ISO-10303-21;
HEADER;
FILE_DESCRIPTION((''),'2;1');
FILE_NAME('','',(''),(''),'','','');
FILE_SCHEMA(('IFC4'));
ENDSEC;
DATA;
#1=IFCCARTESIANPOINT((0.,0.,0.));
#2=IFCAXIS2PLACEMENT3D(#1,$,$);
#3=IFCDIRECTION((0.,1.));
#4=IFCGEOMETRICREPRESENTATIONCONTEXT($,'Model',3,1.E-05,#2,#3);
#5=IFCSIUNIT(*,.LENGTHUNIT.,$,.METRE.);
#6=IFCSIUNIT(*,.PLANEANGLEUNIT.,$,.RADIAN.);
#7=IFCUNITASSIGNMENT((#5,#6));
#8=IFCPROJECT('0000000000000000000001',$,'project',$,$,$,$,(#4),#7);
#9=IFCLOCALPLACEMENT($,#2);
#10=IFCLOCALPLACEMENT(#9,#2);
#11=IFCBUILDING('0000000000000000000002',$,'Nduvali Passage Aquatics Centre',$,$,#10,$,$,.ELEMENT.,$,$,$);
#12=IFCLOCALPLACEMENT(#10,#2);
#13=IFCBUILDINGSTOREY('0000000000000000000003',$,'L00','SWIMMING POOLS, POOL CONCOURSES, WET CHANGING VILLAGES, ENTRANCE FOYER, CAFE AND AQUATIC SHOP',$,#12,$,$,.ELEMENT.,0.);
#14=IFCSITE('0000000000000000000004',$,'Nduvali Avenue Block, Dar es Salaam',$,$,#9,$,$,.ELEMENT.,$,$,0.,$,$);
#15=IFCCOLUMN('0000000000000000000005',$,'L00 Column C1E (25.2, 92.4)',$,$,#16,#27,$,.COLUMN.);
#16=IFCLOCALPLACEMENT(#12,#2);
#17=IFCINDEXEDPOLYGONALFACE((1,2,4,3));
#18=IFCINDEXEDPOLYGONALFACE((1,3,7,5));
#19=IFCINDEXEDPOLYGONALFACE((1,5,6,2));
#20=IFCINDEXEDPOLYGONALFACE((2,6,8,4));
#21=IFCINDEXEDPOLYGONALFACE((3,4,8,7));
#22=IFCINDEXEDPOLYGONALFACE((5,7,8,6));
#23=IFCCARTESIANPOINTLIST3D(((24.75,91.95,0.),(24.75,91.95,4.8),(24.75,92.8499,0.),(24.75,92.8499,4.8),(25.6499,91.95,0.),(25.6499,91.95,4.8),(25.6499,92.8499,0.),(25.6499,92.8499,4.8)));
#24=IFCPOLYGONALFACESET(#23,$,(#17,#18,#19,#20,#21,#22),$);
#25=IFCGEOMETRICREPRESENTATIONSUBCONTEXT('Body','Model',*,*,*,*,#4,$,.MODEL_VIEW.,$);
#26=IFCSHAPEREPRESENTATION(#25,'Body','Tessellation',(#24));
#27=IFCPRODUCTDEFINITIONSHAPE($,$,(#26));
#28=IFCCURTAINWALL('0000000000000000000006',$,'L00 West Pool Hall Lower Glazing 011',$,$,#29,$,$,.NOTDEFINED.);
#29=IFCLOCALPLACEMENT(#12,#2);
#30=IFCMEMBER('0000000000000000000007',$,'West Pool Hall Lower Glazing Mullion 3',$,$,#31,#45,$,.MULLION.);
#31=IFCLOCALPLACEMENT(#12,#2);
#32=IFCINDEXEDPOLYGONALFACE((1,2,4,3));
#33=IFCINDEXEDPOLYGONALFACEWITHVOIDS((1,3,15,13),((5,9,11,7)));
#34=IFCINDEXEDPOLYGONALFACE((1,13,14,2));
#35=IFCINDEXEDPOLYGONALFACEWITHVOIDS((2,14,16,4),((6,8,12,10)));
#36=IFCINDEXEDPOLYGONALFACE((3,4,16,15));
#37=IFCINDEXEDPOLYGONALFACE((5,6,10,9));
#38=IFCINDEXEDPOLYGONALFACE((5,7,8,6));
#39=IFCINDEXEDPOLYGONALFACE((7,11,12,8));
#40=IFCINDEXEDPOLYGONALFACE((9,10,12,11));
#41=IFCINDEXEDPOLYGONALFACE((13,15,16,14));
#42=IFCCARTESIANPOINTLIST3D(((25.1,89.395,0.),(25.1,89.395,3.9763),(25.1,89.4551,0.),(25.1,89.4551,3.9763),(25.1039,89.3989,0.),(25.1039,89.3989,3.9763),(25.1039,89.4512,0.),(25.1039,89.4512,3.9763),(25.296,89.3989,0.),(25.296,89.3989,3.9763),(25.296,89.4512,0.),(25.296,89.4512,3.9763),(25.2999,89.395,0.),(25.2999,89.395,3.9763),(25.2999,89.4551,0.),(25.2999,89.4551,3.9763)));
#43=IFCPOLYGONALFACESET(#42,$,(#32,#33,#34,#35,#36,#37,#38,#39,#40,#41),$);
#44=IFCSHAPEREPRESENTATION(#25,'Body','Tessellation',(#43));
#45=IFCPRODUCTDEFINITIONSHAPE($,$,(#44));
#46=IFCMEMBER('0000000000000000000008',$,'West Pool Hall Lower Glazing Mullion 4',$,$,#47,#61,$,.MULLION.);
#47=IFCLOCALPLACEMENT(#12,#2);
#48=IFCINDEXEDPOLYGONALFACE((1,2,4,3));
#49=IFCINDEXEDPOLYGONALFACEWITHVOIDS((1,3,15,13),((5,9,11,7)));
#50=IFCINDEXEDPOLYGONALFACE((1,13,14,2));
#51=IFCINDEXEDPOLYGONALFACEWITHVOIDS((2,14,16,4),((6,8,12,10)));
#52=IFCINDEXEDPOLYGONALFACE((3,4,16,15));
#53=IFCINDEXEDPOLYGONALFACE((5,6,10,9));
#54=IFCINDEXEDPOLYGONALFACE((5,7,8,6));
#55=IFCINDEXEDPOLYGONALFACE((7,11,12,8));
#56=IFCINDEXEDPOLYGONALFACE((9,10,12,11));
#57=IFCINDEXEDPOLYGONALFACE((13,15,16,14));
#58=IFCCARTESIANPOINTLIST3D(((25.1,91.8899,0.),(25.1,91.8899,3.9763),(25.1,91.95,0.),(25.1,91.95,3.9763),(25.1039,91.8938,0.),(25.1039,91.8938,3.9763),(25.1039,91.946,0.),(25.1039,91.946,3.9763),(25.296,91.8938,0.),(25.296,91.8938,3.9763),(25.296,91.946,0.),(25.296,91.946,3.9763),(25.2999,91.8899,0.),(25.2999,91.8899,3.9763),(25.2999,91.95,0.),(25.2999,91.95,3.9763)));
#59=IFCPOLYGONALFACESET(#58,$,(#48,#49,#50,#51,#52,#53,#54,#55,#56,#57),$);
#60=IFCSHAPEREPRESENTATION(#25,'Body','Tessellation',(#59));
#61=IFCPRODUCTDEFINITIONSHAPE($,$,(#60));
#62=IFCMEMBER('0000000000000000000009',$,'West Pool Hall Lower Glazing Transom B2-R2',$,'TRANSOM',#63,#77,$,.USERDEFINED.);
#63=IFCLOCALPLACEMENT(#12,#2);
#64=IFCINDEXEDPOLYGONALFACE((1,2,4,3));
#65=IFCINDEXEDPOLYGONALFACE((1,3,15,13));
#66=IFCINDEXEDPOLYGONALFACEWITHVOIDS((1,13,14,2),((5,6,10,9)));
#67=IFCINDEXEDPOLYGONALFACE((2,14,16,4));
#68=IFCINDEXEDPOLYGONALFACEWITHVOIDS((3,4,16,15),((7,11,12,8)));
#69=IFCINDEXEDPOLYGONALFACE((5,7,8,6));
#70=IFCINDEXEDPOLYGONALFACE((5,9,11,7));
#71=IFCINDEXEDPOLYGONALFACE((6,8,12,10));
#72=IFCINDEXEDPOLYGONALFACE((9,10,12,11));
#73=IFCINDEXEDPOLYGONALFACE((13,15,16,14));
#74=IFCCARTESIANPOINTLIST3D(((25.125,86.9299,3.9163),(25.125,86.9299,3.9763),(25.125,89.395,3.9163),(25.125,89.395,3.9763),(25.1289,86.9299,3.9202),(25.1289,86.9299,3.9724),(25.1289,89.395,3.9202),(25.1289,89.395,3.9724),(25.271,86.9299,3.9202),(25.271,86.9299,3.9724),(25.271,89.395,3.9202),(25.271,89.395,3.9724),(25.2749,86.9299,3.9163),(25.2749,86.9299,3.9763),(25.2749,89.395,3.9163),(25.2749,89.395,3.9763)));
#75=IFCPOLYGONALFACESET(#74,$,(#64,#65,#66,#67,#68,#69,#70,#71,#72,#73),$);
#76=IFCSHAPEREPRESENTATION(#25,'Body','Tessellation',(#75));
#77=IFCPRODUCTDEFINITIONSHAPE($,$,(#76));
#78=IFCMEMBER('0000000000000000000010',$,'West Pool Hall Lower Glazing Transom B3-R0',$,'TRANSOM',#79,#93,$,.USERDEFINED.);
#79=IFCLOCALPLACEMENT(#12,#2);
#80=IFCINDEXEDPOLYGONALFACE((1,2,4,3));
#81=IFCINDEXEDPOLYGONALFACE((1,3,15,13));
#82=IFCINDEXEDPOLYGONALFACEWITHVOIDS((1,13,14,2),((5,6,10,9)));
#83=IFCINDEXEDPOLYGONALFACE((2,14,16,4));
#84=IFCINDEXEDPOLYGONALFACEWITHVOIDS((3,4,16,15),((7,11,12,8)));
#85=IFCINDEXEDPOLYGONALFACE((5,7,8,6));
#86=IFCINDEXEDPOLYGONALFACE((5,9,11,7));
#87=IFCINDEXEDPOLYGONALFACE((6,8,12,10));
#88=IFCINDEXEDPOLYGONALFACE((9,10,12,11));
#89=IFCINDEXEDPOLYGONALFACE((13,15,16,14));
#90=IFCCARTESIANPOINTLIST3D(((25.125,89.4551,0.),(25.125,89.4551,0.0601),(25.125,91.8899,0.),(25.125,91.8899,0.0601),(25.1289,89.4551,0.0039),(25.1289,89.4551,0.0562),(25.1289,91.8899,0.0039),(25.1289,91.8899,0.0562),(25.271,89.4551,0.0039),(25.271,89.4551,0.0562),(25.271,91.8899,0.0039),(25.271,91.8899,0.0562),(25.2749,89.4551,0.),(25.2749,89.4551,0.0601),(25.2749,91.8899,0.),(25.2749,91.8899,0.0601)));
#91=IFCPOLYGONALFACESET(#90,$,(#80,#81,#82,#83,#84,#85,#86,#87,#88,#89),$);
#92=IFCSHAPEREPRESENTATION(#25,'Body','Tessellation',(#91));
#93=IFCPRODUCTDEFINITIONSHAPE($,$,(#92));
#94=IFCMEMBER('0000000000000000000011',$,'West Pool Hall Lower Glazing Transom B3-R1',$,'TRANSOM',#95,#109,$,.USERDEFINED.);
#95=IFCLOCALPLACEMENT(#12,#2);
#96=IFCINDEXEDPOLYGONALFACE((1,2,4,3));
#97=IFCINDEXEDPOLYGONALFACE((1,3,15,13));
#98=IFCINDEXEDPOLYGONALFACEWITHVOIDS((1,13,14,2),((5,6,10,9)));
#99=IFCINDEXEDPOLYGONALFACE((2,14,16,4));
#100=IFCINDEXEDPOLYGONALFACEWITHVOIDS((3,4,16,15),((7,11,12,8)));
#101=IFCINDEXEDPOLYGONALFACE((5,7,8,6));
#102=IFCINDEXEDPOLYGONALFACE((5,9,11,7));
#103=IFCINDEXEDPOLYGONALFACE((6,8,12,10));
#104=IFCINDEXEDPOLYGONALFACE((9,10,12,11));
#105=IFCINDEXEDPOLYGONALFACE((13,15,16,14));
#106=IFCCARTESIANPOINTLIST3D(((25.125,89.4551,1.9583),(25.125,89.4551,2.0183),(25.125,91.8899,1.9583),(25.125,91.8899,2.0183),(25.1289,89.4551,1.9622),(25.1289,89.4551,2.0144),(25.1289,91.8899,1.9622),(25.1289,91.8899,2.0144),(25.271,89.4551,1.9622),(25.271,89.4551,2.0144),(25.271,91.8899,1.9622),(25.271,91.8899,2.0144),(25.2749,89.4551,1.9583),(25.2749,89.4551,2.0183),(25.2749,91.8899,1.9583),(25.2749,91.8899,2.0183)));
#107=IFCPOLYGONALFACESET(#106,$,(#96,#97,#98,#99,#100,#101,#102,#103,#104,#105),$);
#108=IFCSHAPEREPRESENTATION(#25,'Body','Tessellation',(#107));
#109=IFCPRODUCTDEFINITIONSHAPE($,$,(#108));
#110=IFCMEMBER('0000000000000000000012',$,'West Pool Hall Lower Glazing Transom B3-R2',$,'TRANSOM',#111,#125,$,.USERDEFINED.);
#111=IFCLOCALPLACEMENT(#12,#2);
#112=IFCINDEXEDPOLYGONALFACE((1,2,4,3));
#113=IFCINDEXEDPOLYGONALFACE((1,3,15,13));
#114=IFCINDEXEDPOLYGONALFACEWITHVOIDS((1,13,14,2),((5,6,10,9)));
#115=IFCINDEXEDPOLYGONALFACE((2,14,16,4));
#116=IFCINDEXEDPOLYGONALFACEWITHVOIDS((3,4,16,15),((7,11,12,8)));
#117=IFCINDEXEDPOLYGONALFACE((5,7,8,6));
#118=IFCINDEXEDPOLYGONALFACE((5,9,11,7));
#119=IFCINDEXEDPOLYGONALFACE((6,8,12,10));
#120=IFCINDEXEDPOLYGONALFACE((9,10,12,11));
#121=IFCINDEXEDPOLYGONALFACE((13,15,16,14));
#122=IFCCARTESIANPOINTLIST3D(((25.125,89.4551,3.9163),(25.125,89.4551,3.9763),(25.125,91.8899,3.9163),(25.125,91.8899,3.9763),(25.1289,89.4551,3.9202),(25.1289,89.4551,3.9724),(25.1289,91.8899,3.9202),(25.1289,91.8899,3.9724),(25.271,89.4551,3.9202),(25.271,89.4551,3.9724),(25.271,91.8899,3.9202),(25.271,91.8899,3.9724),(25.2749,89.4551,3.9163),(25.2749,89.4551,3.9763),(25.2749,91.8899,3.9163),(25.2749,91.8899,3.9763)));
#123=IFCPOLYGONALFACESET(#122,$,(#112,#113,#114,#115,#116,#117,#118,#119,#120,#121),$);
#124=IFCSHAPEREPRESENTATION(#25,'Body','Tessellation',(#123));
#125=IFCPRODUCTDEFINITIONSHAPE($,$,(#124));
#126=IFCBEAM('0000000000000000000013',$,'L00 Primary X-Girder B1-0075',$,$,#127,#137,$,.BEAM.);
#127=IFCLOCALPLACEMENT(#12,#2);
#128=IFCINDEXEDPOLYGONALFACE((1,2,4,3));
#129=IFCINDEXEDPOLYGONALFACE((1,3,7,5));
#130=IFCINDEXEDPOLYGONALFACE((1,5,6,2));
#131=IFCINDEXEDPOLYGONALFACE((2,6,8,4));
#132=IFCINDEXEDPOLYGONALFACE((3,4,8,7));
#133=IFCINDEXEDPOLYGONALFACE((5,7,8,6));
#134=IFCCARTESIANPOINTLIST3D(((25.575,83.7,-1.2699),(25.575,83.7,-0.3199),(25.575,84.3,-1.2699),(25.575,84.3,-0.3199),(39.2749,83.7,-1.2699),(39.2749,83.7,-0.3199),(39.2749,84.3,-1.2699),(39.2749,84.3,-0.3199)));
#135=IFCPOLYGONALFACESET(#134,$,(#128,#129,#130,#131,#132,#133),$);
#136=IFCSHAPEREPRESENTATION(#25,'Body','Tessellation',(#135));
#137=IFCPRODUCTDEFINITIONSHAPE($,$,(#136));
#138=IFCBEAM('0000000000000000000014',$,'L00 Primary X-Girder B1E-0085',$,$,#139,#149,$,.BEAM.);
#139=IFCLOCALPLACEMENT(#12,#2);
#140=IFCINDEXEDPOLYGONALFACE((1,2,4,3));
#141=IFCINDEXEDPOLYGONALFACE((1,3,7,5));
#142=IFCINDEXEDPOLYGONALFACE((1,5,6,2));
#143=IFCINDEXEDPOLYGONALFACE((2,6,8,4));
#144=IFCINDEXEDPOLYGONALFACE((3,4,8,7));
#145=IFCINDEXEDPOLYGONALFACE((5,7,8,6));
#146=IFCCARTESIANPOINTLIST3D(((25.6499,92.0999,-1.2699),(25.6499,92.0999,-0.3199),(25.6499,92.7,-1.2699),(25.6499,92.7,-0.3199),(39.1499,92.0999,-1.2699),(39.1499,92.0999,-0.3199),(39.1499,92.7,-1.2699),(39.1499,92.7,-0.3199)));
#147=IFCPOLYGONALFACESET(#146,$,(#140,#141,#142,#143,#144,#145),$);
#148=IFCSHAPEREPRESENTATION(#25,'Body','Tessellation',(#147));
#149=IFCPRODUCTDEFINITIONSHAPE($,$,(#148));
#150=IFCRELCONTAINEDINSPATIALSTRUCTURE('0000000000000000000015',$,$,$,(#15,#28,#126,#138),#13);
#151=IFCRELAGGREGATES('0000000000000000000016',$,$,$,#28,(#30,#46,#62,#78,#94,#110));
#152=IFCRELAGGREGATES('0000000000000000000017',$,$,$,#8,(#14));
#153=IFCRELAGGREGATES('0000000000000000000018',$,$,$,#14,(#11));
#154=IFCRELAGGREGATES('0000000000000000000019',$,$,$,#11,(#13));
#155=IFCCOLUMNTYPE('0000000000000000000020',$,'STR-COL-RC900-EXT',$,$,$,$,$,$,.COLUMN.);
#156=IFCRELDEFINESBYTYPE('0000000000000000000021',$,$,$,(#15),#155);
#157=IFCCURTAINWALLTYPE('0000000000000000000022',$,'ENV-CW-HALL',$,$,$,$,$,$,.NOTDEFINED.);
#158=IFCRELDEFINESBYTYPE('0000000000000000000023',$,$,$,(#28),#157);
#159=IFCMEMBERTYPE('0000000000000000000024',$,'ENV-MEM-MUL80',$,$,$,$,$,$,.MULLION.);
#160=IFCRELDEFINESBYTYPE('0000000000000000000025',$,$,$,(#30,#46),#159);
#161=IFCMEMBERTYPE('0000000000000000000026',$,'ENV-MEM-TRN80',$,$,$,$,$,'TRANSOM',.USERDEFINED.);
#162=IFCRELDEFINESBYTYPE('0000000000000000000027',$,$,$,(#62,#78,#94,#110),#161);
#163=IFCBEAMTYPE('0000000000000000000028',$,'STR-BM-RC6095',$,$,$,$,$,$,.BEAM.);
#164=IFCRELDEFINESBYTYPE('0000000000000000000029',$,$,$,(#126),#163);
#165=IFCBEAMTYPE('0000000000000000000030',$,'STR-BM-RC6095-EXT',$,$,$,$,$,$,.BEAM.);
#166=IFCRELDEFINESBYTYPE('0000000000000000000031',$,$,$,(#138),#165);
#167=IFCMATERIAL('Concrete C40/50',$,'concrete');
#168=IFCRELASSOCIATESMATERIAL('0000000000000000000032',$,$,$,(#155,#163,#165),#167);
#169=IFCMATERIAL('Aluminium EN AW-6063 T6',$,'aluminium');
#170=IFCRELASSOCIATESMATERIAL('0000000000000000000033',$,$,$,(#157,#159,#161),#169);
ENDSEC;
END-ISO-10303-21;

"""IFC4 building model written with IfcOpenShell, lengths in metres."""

from ifc_helpers import new_model, si_unit, direction, frame, origin, origin_2d, place, context, subcontext, project, spatial, rectangle, hollow_rectangle, extrude, material, material_profile, profile_set, type_object, element, aggregate, save


model = new_model("IFC4")

# Units and contexts
model_context = context("Model", 3, precision=1e-05, world=origin(), true_north=direction((0.0, 1.0)))
body_context = subcontext(model_context, "Body", "Model", "MODEL_VIEW")
ifc_project = project(units=[si_unit("LENGTHUNIT", "METRE"), si_unit("PLANEANGLEUNIT", "RADIAN")], contexts=[model_context])

# Site, building, storey
site_placement = place(None, origin())
site = spatial("IfcSite", under=ifc_project, at=site_placement, Name="Nduvali Avenue Block, Dar es Salaam", CompositionType="ELEMENT", RefElevation=0.0)
building_placement = place(site_placement, origin())
building = spatial("IfcBuilding", under=site, at=building_placement, Name="Nduvali Passage Aquatics Centre", CompositionType="ELEMENT")
storey_placement = place(building_placement, origin())
storey = spatial("IfcBuildingStorey", under=building, at=storey_placement, Name="L00", Description="SWIMMING POOLS, POOL CONCOURSES, WET CHANGING VILLAGES, ENTRANCE FOYER, CAFE AND AQUATIC SHOP", CompositionType="ELEMENT", Elevation=0.0)

# Column
ifc_material_1 = material(Name="Concrete C40/50", Category="concrete")
ifc_material_profile_1 = material_profile(ifc_material_1, rectangle(XDim=0.8999, YDim=0.8999, at=origin_2d()), Name="RC 900x900")
ifc_profile_set_1 = profile_set([ifc_material_profile_1], Name="Concrete C40/50")
column_type = type_object("IfcColumnType", Name="STR-COL-RC900-EXT", PredefinedType="COLUMN", material=ifc_profile_set_1)
column_placement = place(storey_placement, frame((25.2, 92.3999, 0.0), z_axis=(0.0, 0.0, 1.0), x_axis=(1.0, 0.0, 0.0)))
element("IfcColumn", 1, at=column_placement, inside=storey, type_object=column_type, Name="L00 Column C1E (25.2, 92.4)", PredefinedType="COLUMN", context=body_context, shape_type="SweptSolid", body=[
    extrude(rectangle(XDim=0.8999, YDim=0.8999, at=origin_2d()), origin(), (0.0, 0.0, 1.0), 4.8),
])

# Curtain wall, members
ifc_material_2 = material(Name="Aluminium EN AW-6063 T6", Category="aluminium")
curtain_wall_type = type_object("IfcCurtainWallType", Name="ENV-CW-HALL", PredefinedType="NOTDEFINED", material=ifc_material_2)
curtain_wall_placement = place(storey_placement, origin())
curtain_wall = element("IfcCurtainWall", 2, at=curtain_wall_placement, inside=storey, type_object=curtain_wall_type, Name="L00 West Pool Hall Lower Glazing 011", PredefinedType="NOTDEFINED")
ifc_material_profile_2 = material_profile(ifc_material_2, hollow_rectangle(XDim=0.0601, YDim=0.2, WallThickness=0.0039, at=origin_2d()), Name="ALU MULLION 60x200x4")
ifc_profile_set_2 = profile_set([ifc_material_profile_2], Name="Aluminium EN AW-6063 T6")
member_type_1 = type_object("IfcMemberType", Name="ENV-MEM-MUL80", PredefinedType="MULLION", material=ifc_profile_set_2)
member_1_placement = place(storey_placement, frame((25.2, 89.425, 0.0), z_axis=(0.0, 0.0, 1.0), x_axis=(0.0, 1.0, 0.0)))
member_1 = element("IfcMember", 3, at=member_1_placement, type_object=member_type_1, Name="West Pool Hall Lower Glazing Mullion 3", PredefinedType="MULLION", context=body_context, shape_type="SweptSolid", body=[
    extrude(hollow_rectangle(XDim=0.0601, YDim=0.2, WallThickness=0.0039, at=origin_2d()), origin(), (0.0, 0.0, 1.0), 3.9763),
])
member_2_placement = place(storey_placement, frame((25.2, 91.9199, 0.0), z_axis=(0.0, 0.0, 1.0), x_axis=(0.0, 1.0, 0.0)))
member_2 = element("IfcMember", 4, at=member_2_placement, type_object=member_type_1, Name="West Pool Hall Lower Glazing Mullion 4", PredefinedType="MULLION", context=body_context, shape_type="SweptSolid", body=[
    extrude(hollow_rectangle(XDim=0.0601, YDim=0.2, WallThickness=0.0039, at=origin_2d()), origin(), (0.0, 0.0, 1.0), 3.9763),
])
ifc_material_profile_3 = material_profile(ifc_material_2, hollow_rectangle(XDim=0.1499, YDim=0.0601, WallThickness=0.0039, at=origin_2d()), Name="ALU TRANSOM 150x60x4")
ifc_profile_set_3 = profile_set([ifc_material_profile_3], Name="Aluminium EN AW-6063 T6")
member_type_2 = type_object("IfcMemberType", Name="ENV-MEM-TRN80", ElementType="TRANSOM", PredefinedType="USERDEFINED", material=ifc_profile_set_3)
member_3_placement = place(storey_placement, frame((25.2, 86.9299, 3.9463), z_axis=(0.0, 1.0, 0.0), x_axis=(-1.0, 0.0, 0.0)))
member_3 = element("IfcMember", 5, at=member_3_placement, type_object=member_type_2, Name="West Pool Hall Lower Glazing Transom B2-R2", ObjectType="TRANSOM", PredefinedType="USERDEFINED", context=body_context, shape_type="SweptSolid", body=[
    extrude(hollow_rectangle(XDim=0.1499, YDim=0.0601, WallThickness=0.0039, at=origin_2d()), origin(), (0.0, 0.0, 1.0), 2.4651),
])
member_4_placement = place(storey_placement, frame((25.2, 89.4551, 0.03), z_axis=(0.0, 1.0, 0.0), x_axis=(-1.0, 0.0, 0.0)))
member_4 = element("IfcMember", 6, at=member_4_placement, type_object=member_type_2, Name="West Pool Hall Lower Glazing Transom B3-R0", ObjectType="TRANSOM", PredefinedType="USERDEFINED", context=body_context, shape_type="SweptSolid", body=[
    extrude(hollow_rectangle(XDim=0.1499, YDim=0.0601, WallThickness=0.0039, at=origin_2d()), origin(), (0.0, 0.0, 1.0), 2.4348),
])
member_5_placement = place(storey_placement, frame((25.2, 89.4551, 1.9883), z_axis=(0.0, 1.0, 0.0), x_axis=(-1.0, 0.0, 0.0)))
member_5 = element("IfcMember", 7, at=member_5_placement, type_object=member_type_2, Name="West Pool Hall Lower Glazing Transom B3-R1", ObjectType="TRANSOM", PredefinedType="USERDEFINED", context=body_context, shape_type="SweptSolid", body=[
    extrude(hollow_rectangle(XDim=0.1499, YDim=0.0601, WallThickness=0.0039, at=origin_2d()), origin(), (0.0, 0.0, 1.0), 2.4348),
])
member_6_placement = place(storey_placement, frame((25.2, 89.4551, 3.9463), z_axis=(0.0, 1.0, 0.0), x_axis=(-1.0, 0.0, 0.0)))
member_6 = element("IfcMember", 8, at=member_6_placement, type_object=member_type_2, Name="West Pool Hall Lower Glazing Transom B3-R2", ObjectType="TRANSOM", PredefinedType="USERDEFINED", context=body_context, shape_type="SweptSolid", body=[
    extrude(hollow_rectangle(XDim=0.1499, YDim=0.0601, WallThickness=0.0039, at=origin_2d()), origin(), (0.0, 0.0, 1.0), 2.4348),
])

# Beams
ifc_material_profile_4 = material_profile(ifc_material_1, rectangle(XDim=0.6001, YDim=0.95, at=origin_2d()), Name="RC 600x950")
ifc_profile_set_4 = profile_set([ifc_material_profile_4], Name="Concrete C40/50")
beam_type_1 = type_object("IfcBeamType", Name="STR-BM-RC6095", PredefinedType="BEAM", material=ifc_profile_set_4)
beam_1_placement = place(storey_placement, frame((25.575, 84.0, -0.7949), z_axis=(1.0, 0.0, 0.0), x_axis=(0.0, 1.0, 0.0)))
element("IfcBeam", 9, at=beam_1_placement, inside=storey, type_object=beam_type_1, Name="L00 Primary X-Girder B1-0075", PredefinedType="BEAM", context=body_context, shape_type="SweptSolid", body=[
    extrude(rectangle(XDim=0.6001, YDim=0.95, at=origin_2d()), origin(), (0.0, 0.0, 1.0), 13.7),
])
ifc_material_profile_5 = material_profile(ifc_material_1, rectangle(XDim=0.6001, YDim=0.95, at=origin_2d()), Name="RC 600x950")
ifc_profile_set_5 = profile_set([ifc_material_profile_5], Name="Concrete C40/50")
beam_type_2 = type_object("IfcBeamType", Name="STR-BM-RC6095-EXT", PredefinedType="BEAM", material=ifc_profile_set_5)
beam_2_placement = place(storey_placement, frame((25.6499, 92.3999, -0.7949), z_axis=(1.0, 0.0, 0.0), x_axis=(0.0, 1.0, 0.0)))
element("IfcBeam", 10, at=beam_2_placement, inside=storey, type_object=beam_type_2, Name="L00 Primary X-Girder B1E-0085", PredefinedType="BEAM", context=body_context, shape_type="SweptSolid", body=[
    extrude(rectangle(XDim=0.6001, YDim=0.95, at=origin_2d()), origin(), (0.0, 0.0, 1.0), 13.5),
])

aggregate(curtain_wall, [member_1, member_2, member_3, member_4, member_5, member_6])

save(model, "model.ifc")
